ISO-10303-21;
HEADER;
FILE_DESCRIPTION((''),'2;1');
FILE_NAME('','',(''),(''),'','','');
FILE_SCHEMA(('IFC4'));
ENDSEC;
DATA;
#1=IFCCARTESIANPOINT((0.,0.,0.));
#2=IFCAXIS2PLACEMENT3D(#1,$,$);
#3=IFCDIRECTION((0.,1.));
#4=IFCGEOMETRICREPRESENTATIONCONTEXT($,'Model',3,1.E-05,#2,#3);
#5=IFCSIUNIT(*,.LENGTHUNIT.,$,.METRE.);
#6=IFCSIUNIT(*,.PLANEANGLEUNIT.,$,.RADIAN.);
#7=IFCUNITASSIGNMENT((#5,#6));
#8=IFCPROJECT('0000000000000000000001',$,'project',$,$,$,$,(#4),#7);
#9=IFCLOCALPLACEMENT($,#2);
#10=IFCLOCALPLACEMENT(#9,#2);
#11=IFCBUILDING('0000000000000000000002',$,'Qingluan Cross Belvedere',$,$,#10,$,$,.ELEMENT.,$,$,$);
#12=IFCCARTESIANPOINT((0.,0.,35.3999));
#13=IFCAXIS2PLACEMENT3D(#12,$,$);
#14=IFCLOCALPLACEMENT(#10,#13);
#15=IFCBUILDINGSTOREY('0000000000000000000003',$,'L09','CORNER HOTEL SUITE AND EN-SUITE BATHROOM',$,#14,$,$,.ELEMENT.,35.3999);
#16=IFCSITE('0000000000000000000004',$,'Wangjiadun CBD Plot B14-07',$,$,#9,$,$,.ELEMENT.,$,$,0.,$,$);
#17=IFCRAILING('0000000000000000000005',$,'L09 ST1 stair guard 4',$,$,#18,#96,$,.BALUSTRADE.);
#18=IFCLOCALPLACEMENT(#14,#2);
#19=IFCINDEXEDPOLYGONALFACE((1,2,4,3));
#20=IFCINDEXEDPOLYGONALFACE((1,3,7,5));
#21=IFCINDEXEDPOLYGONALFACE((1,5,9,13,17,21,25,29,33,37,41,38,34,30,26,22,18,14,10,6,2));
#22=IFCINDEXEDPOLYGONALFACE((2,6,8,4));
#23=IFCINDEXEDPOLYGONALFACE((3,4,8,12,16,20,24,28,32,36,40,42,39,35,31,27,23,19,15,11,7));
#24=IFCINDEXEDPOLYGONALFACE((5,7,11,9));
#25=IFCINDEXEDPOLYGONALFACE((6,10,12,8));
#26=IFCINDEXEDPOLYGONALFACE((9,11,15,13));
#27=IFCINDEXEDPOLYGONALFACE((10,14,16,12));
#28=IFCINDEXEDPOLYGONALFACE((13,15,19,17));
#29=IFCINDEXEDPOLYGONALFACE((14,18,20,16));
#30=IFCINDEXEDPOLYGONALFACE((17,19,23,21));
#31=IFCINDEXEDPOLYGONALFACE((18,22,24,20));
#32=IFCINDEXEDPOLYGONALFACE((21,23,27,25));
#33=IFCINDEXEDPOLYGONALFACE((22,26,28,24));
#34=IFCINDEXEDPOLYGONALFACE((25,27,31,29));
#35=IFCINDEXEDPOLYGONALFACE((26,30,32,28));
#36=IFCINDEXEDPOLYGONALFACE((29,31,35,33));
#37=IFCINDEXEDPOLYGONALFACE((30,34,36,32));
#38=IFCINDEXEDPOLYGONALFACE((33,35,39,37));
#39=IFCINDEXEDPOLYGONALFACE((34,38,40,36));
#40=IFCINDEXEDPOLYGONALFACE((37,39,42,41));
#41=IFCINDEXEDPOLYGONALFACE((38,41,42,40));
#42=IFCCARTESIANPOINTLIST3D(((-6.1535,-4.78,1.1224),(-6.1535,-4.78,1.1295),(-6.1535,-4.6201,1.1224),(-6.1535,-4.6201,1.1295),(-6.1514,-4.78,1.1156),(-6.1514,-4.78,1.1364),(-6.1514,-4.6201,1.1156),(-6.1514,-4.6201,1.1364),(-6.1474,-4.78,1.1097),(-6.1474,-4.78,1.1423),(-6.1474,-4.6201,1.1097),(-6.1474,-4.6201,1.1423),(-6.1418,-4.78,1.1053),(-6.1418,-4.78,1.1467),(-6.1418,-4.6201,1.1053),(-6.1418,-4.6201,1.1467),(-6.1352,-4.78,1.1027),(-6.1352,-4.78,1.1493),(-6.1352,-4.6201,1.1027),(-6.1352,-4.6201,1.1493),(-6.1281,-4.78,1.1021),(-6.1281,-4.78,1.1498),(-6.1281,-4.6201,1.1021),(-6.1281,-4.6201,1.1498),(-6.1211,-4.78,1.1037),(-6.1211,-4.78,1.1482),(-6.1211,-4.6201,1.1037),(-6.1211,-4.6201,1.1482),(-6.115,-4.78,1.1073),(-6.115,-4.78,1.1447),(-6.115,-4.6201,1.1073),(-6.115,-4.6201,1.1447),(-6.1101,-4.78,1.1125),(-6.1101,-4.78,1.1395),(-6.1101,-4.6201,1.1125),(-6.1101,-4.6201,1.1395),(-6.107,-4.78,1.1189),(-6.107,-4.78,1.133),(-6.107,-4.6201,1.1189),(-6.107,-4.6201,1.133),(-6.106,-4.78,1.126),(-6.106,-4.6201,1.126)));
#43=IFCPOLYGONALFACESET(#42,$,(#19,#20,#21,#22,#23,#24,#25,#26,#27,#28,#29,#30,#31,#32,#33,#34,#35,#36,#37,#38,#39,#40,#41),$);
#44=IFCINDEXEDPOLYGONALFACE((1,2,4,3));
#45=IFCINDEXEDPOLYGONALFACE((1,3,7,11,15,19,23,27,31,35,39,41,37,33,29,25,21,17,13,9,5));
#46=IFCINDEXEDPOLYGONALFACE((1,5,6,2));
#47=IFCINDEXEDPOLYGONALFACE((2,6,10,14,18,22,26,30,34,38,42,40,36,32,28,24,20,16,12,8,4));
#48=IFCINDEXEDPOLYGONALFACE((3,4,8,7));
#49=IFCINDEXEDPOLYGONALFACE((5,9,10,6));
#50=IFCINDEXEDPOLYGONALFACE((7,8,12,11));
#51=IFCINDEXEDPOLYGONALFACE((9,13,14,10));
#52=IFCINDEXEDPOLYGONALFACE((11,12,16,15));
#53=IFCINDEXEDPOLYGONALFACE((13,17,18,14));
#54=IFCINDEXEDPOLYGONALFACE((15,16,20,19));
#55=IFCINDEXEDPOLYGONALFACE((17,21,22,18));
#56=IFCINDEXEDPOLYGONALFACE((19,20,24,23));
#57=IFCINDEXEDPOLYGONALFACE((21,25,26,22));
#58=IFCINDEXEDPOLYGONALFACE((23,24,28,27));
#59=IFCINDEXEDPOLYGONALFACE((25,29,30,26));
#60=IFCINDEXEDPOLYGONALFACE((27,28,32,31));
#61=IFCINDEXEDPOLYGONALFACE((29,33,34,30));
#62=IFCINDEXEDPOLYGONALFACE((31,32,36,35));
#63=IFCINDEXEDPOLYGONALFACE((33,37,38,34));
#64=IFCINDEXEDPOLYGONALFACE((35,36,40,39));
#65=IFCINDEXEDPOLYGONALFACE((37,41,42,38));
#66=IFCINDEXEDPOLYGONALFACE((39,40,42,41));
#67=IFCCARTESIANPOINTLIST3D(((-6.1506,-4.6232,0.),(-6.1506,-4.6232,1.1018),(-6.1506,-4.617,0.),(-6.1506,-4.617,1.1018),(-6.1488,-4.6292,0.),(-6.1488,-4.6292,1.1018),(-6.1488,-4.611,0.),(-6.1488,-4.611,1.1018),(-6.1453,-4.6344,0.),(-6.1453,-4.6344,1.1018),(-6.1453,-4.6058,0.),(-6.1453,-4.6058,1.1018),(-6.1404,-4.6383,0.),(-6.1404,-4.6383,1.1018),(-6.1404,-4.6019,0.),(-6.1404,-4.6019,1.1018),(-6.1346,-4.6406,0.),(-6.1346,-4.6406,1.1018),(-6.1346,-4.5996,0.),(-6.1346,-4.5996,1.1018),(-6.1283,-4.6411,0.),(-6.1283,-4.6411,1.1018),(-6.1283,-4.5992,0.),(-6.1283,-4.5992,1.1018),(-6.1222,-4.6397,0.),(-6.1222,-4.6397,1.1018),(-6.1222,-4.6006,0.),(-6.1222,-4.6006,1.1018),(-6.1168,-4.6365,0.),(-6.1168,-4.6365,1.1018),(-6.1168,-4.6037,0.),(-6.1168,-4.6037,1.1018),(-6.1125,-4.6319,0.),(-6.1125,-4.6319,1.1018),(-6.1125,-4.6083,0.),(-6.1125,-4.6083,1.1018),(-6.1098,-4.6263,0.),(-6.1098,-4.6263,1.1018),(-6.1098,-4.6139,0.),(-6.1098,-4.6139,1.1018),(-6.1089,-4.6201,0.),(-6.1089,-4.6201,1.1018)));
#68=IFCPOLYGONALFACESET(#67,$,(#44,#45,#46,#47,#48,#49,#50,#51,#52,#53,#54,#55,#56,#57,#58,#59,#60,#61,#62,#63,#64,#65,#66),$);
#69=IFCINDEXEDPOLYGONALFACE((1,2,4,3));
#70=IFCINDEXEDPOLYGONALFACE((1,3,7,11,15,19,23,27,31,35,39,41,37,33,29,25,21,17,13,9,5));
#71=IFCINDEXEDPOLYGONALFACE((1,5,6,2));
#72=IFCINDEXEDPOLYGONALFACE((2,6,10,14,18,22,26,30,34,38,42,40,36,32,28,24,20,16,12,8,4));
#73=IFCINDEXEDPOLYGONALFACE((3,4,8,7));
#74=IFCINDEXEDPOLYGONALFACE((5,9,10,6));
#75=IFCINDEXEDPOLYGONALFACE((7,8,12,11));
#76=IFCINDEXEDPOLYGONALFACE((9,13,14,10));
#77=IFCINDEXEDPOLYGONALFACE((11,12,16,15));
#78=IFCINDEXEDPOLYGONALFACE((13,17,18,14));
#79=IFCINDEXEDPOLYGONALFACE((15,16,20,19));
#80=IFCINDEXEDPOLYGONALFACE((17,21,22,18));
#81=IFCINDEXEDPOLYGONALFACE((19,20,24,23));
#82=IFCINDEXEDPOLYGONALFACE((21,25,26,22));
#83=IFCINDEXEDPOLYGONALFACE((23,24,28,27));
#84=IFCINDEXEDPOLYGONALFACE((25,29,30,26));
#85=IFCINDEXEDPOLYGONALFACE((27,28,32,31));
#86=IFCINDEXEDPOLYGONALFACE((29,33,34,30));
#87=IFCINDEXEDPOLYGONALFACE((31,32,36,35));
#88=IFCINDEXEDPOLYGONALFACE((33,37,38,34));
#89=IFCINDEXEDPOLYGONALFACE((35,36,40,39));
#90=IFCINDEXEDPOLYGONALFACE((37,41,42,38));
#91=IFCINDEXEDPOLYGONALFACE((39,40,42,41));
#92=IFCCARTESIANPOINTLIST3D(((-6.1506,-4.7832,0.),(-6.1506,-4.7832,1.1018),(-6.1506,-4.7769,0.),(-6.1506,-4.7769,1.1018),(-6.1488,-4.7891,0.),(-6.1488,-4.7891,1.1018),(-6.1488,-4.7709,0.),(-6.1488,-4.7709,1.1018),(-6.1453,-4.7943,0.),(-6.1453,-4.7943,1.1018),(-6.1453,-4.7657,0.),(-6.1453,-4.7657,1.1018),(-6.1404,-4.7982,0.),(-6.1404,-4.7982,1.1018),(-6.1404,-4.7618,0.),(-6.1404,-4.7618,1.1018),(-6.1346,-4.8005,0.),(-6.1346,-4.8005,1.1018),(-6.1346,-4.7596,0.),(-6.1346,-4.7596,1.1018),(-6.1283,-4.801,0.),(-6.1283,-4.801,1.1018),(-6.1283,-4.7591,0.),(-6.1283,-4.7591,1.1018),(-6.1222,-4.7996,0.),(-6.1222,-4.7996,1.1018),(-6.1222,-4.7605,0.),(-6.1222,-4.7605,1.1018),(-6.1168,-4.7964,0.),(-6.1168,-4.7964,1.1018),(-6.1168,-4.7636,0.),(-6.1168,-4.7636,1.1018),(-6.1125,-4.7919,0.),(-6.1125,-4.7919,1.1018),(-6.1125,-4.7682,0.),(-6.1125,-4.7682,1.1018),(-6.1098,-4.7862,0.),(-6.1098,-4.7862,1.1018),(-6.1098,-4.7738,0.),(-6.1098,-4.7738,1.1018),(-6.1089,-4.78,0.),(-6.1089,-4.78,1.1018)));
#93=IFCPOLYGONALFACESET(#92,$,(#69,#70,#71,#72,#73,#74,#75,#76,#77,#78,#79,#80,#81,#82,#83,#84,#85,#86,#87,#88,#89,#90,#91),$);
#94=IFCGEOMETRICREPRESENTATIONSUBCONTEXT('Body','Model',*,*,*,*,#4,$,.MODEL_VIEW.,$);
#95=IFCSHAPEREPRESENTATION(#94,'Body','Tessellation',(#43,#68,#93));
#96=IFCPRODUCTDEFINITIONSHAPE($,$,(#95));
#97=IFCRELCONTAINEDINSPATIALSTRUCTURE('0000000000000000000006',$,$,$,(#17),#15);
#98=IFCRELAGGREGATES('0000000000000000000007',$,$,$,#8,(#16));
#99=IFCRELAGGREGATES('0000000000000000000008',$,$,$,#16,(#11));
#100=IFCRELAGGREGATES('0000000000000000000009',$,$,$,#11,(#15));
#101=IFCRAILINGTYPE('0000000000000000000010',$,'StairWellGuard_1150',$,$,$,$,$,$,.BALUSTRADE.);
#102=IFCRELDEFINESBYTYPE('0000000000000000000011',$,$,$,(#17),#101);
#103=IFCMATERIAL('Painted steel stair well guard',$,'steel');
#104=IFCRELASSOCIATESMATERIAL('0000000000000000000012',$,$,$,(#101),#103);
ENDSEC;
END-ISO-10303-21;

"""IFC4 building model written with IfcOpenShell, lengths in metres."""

from ifc_helpers import new_model, si_unit, direction, frame, origin, origin_2d, place, context, subcontext, project, spatial, circle, extrude, material, type_object, element, save


model = new_model("IFC4")

# Units and contexts
model_context = context("Model", 3, precision=1e-05, world=origin(), true_north=direction((0.0, 1.0)))
body_context = subcontext(model_context, "Body", "Model", "MODEL_VIEW")
ifc_project = project(units=[si_unit("LENGTHUNIT", "METRE"), si_unit("PLANEANGLEUNIT", "RADIAN")], contexts=[model_context])

# Site, building, storey
site_placement = place(None, origin())
site = spatial("IfcSite", under=ifc_project, at=site_placement, Name="Wangjiadun CBD Plot B14-07", CompositionType="ELEMENT", RefElevation=0.0)
building_placement = place(site_placement, origin())
building = spatial("IfcBuilding", under=site, at=building_placement, Name="Qingluan Cross Belvedere", CompositionType="ELEMENT")
storey_placement = place(building_placement, frame((0.0, 0.0, 35.3999)))
storey = spatial("IfcBuildingStorey", under=building, at=storey_placement, Name="L09", Description="CORNER HOTEL SUITE AND EN-SUITE BATHROOM", CompositionType="ELEMENT", Elevation=35.3999)

# Railing
ifc_material_1 = material(Name="Painted steel stair well guard", Category="steel")
railing_type_1 = type_object("IfcRailingType", Name="StairWellGuard_1150", PredefinedType="BALUSTRADE", material=ifc_material_1)
railing_1_placement = place(storey_placement, frame((-6.1299, -4.6201, 0.0)))
element("IfcRailing", 1, at=railing_1_placement, inside=storey, type_object=railing_type_1, Name="L09 ST1 stair guard 4", PredefinedType="BALUSTRADE", context=body_context, shape_type="SweptSolid", body=[
    extrude(circle(Radius=0.0239, at=origin_2d()), frame((0.0, 0.0, 1.126), z_axis=(0.0, -1.0, 0.0), x_axis=(1.0, 0.0, 0.0)), (0.0, 0.0, 1.0), 0.1599),
    extrude(circle(Radius=0.021, at=origin_2d()), origin(), (0.0, 0.0, 1.0), 1.1018),
    extrude(circle(Radius=0.021, at=origin_2d()), frame((0.0, -0.1599, 0.0)), (0.0, 0.0, 1.0), 1.1018),
])

save(model, "model.ifc")
